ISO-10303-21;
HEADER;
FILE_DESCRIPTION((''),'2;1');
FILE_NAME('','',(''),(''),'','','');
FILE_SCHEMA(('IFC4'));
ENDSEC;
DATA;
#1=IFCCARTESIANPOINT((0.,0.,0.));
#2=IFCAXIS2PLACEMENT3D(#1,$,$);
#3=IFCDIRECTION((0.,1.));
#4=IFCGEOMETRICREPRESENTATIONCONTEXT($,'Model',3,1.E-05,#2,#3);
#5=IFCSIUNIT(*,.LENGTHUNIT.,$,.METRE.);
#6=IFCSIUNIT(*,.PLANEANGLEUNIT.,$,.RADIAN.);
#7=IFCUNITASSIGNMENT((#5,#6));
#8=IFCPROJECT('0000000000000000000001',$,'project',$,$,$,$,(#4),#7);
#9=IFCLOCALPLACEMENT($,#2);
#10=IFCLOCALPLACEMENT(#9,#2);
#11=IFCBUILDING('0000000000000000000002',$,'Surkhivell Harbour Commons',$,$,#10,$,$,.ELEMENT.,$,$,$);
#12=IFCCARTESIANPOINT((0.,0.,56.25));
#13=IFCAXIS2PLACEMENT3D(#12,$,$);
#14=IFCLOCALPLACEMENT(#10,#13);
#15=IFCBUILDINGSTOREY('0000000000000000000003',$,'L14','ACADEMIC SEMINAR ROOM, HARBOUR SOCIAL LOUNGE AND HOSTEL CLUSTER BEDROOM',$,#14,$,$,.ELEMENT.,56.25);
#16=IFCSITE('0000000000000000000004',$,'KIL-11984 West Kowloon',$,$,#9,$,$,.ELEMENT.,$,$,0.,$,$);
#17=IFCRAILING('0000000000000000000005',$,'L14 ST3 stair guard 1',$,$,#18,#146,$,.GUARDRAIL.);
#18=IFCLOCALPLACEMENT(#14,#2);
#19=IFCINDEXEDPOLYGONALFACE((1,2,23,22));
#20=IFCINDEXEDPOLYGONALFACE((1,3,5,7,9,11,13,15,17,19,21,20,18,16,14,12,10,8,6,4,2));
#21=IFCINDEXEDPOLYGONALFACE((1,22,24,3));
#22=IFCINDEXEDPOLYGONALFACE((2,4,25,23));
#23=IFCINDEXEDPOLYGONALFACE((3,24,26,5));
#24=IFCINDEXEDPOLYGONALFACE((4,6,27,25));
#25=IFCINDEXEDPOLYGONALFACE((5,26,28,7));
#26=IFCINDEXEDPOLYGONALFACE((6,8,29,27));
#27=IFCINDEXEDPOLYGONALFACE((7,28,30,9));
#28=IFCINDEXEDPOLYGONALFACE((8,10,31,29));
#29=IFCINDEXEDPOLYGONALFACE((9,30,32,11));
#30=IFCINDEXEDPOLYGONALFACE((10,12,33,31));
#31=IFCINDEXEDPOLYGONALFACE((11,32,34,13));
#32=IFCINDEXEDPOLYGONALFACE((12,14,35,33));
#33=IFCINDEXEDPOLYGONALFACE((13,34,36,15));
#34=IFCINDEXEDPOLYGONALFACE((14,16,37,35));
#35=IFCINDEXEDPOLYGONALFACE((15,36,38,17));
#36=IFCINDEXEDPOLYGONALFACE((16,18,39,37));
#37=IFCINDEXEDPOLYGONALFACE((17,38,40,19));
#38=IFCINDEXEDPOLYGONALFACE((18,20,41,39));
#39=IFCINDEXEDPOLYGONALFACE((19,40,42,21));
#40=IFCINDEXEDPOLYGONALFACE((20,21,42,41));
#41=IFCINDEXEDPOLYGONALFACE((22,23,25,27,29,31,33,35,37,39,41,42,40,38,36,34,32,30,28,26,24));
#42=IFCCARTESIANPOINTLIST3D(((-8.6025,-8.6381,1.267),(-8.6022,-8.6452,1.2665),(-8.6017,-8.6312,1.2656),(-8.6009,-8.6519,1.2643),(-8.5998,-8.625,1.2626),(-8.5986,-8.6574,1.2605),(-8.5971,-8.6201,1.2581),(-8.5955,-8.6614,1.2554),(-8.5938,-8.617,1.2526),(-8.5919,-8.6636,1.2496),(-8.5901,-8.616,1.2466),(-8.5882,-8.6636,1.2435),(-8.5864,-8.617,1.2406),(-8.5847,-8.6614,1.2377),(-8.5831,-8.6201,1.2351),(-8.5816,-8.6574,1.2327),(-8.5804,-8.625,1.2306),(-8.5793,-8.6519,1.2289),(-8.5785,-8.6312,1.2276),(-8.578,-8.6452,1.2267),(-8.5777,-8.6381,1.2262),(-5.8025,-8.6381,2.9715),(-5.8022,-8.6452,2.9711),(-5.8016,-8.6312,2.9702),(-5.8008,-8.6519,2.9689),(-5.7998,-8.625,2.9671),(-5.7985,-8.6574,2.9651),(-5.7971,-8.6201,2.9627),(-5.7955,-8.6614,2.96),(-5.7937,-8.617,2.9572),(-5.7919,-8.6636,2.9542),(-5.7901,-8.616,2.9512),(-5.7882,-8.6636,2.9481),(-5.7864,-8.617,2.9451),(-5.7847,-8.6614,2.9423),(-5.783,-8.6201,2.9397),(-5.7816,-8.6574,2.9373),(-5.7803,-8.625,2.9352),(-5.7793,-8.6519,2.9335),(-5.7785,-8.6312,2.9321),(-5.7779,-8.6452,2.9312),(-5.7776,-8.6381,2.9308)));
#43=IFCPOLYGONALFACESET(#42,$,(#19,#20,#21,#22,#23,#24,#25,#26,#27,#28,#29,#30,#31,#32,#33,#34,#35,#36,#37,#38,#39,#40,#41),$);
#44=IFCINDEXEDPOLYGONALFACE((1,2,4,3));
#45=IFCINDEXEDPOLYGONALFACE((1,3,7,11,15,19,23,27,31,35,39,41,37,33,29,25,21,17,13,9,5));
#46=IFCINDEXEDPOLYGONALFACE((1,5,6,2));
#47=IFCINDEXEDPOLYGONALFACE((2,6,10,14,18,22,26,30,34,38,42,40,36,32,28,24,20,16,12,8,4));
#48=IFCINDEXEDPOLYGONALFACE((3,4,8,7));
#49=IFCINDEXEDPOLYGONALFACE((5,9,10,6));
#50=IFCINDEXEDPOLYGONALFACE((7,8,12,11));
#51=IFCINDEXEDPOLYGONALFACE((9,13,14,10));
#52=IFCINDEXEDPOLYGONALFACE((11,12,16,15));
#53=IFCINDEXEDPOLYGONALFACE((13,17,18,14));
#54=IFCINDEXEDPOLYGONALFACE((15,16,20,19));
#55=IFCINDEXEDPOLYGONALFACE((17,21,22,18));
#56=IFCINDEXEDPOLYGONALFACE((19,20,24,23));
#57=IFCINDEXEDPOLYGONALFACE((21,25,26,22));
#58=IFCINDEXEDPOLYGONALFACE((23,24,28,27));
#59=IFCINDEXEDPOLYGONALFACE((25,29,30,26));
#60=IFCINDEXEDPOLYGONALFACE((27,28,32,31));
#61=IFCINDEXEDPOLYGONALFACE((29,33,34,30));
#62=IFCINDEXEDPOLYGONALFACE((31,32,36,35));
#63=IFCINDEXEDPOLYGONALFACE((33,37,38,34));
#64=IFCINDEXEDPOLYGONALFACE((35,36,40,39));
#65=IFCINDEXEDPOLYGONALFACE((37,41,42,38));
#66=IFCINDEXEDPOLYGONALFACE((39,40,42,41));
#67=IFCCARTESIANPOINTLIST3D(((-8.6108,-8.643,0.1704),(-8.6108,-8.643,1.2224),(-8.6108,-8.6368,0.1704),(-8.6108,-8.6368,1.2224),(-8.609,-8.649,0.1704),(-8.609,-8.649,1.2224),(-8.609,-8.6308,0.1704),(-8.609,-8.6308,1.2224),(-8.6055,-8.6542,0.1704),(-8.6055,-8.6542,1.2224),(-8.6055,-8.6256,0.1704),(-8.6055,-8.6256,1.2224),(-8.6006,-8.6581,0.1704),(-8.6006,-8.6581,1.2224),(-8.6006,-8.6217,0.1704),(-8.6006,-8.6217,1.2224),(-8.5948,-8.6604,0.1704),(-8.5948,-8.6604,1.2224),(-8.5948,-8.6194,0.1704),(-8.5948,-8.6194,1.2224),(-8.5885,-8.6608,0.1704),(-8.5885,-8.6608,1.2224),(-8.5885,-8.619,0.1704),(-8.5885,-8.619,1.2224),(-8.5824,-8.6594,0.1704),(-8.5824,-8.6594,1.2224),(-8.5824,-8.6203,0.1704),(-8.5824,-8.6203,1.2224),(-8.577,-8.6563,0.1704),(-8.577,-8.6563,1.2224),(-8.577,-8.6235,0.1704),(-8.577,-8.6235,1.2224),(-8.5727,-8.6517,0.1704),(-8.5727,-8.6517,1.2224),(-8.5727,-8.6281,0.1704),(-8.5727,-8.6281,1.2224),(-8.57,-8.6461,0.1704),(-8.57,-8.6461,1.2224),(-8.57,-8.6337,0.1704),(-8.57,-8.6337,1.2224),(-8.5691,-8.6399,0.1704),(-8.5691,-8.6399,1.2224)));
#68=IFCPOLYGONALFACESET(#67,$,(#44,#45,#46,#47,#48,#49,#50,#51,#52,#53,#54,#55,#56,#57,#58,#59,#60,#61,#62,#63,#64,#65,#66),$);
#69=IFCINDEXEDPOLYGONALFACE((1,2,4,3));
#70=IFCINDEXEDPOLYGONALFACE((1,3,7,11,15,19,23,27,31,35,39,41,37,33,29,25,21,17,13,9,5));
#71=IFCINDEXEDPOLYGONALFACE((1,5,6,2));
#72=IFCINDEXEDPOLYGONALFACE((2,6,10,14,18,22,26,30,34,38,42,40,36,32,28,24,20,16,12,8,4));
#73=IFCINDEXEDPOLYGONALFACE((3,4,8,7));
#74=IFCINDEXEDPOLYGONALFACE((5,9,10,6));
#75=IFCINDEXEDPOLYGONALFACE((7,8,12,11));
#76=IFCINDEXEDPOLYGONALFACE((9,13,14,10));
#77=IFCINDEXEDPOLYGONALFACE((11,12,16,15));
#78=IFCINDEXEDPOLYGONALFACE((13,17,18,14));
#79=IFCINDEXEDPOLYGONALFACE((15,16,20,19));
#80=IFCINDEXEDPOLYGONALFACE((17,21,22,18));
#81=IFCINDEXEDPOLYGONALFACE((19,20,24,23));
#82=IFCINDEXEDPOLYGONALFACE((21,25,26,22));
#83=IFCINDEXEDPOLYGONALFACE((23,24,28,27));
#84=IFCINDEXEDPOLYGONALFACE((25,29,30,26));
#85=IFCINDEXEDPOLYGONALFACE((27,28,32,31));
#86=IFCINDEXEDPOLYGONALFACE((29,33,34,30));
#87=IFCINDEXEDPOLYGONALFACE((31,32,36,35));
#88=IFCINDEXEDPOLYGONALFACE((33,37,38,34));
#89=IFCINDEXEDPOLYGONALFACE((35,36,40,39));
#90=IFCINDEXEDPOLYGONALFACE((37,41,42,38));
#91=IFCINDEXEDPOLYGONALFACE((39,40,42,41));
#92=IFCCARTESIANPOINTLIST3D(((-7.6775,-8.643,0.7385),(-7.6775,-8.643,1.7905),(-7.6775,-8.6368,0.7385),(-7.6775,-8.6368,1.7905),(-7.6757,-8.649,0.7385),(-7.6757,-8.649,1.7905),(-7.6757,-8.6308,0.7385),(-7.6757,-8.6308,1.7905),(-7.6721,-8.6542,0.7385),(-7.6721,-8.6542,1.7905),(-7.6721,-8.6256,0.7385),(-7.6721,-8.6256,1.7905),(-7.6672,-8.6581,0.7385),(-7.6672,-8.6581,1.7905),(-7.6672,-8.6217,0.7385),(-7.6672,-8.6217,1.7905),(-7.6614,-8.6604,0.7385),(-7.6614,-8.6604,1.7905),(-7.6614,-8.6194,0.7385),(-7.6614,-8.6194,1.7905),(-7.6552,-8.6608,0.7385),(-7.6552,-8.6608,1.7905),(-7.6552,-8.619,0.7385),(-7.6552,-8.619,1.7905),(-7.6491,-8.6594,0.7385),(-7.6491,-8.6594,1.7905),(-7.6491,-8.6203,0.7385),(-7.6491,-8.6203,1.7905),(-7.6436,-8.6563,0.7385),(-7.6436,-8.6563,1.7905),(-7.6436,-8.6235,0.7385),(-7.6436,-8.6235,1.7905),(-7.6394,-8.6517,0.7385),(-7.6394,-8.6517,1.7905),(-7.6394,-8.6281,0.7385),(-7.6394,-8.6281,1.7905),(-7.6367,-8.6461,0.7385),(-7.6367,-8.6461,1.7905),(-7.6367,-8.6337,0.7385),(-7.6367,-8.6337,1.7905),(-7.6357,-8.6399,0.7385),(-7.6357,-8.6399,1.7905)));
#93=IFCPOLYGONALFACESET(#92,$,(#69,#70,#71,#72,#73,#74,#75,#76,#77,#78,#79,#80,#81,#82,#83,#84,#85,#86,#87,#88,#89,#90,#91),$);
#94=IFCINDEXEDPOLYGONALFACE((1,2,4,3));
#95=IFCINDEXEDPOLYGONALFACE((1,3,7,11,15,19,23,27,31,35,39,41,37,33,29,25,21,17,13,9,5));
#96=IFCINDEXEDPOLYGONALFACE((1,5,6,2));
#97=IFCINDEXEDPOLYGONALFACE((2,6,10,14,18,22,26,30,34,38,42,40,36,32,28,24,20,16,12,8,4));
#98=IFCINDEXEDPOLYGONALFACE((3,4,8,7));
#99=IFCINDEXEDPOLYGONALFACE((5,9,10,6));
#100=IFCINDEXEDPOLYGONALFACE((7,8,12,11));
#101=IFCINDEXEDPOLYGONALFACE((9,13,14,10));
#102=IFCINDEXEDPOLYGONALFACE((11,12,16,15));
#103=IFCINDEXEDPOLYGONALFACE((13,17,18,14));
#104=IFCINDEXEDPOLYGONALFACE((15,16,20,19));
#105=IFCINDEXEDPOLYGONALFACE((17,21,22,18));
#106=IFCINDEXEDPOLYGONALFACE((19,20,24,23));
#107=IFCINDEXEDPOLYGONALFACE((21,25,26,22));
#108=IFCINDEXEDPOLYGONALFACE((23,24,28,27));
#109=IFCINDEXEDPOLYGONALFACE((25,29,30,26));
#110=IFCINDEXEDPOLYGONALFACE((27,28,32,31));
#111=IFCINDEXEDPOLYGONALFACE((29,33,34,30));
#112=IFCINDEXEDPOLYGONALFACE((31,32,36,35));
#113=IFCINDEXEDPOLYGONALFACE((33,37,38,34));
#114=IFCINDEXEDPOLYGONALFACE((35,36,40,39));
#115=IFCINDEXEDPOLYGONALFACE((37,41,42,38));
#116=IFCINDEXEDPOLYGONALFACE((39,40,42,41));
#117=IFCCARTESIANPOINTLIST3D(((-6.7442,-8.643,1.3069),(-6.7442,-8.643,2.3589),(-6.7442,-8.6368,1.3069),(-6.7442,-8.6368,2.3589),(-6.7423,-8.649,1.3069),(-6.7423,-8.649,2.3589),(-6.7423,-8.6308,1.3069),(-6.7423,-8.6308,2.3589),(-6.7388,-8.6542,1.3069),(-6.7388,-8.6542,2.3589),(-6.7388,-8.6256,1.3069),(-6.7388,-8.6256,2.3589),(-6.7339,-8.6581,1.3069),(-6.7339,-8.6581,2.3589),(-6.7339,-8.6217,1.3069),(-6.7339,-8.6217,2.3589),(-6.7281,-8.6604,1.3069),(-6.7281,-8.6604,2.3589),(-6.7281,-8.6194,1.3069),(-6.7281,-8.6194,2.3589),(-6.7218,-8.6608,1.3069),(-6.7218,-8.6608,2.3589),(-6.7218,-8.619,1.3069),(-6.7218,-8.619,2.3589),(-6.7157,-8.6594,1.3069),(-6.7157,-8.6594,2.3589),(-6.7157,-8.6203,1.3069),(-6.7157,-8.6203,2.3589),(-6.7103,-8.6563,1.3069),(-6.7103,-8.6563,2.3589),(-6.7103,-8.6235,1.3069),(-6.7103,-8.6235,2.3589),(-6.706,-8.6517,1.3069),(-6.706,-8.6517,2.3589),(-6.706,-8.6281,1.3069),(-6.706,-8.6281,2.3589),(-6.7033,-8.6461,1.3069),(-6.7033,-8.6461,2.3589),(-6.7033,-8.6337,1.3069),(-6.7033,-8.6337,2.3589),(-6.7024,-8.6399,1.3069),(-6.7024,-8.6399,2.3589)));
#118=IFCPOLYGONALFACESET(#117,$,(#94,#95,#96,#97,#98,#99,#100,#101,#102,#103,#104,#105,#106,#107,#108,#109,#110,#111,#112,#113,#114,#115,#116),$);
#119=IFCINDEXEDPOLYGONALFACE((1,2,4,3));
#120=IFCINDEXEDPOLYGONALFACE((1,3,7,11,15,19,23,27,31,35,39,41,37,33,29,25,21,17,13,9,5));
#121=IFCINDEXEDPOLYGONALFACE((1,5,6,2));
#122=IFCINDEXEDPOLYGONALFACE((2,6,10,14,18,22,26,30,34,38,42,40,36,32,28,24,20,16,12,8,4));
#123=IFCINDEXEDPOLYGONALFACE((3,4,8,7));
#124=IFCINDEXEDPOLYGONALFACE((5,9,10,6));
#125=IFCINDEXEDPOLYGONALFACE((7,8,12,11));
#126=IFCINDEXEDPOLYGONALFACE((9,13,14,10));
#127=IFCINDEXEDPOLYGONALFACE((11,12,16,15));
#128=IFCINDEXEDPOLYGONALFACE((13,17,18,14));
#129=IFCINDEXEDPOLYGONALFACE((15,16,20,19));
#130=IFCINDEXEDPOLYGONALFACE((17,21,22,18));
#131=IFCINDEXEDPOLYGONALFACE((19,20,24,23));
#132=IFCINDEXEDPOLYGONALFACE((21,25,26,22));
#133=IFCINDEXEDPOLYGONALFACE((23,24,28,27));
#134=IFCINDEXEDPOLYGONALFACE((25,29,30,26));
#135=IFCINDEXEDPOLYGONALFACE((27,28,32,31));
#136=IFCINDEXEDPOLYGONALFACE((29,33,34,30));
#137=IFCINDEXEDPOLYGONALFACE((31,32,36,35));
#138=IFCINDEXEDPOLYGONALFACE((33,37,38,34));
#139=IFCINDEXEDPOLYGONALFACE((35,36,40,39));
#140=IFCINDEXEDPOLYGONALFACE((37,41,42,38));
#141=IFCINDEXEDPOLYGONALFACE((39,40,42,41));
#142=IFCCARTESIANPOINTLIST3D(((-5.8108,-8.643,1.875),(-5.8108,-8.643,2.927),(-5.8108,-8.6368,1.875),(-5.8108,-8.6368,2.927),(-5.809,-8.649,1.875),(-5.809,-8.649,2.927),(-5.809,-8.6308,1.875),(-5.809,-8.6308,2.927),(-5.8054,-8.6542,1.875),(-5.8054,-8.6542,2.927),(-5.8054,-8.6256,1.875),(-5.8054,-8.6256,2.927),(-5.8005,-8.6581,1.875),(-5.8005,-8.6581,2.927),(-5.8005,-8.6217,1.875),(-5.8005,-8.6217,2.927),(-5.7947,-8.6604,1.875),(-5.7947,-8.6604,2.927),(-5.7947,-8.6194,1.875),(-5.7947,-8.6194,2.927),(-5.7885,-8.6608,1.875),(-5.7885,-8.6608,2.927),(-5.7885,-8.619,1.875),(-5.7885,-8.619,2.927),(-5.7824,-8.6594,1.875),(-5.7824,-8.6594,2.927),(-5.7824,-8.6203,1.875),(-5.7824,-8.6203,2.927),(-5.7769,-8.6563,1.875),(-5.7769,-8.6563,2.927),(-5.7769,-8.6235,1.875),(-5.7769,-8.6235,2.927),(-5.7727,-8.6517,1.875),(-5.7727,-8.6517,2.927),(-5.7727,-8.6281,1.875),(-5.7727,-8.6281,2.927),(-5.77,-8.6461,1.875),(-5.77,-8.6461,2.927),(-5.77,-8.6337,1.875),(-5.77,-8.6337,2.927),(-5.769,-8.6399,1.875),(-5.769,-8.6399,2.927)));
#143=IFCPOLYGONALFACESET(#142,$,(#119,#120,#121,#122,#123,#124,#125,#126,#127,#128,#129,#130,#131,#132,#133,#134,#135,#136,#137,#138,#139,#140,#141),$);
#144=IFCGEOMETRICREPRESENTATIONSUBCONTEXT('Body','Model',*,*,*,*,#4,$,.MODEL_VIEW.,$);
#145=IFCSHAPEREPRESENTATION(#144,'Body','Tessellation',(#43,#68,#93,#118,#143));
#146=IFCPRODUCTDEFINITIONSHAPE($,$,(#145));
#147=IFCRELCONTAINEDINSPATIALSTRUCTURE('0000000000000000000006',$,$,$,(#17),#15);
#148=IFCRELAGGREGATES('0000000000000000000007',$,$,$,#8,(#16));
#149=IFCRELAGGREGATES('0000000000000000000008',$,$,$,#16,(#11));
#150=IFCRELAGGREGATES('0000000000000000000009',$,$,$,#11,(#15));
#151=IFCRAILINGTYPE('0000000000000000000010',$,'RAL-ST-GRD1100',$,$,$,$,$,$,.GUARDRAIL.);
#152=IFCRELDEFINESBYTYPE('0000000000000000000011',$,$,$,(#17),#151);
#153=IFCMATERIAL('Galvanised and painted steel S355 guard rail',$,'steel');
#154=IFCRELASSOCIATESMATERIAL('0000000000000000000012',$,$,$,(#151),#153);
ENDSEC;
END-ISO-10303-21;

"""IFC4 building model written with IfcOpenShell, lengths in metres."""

from ifc_helpers import new_model, si_unit, direction, frame, origin, origin_2d, place, context, subcontext, project, spatial, circle, extrude, material, type_object, element, save


model = new_model("IFC4")

# Units and contexts
model_context = context("Model", 3, precision=1e-05, world=origin(), true_north=direction((0.0, 1.0)))
body_context = subcontext(model_context, "Body", "Model", "MODEL_VIEW")
ifc_project = project(units=[si_unit("LENGTHUNIT", "METRE"), si_unit("PLANEANGLEUNIT", "RADIAN")], contexts=[model_context])

# Site, building, storey
site_placement = place(None, origin())
site = spatial("IfcSite", under=ifc_project, at=site_placement, Name="KIL-11984 West Kowloon", CompositionType="ELEMENT", RefElevation=0.0)
building_placement = place(site_placement, origin())
building = spatial("IfcBuilding", under=site, at=building_placement, Name="Surkhivell Harbour Commons", CompositionType="ELEMENT")
storey_placement = place(building_placement, frame((0.0, 0.0, 56.25)))
storey = spatial("IfcBuildingStorey", under=building, at=storey_placement, Name="L14", Description="ACADEMIC SEMINAR ROOM, HARBOUR SOCIAL LOUNGE AND HOSTEL CLUSTER BEDROOM", CompositionType="ELEMENT", Elevation=56.25)

# Railing
ifc_material_1 = material(Name="Galvanised and painted steel S355 guard rail", Category="steel")
railing_type_1 = type_object("IfcRailingType", Name="RAL-ST-GRD1100", PredefinedType="GUARDRAIL", material=ifc_material_1)
railing_1_placement = place(storey_placement, frame((-8.5901, -8.6399, 0.1704)))
element("IfcRailing", 1, at=railing_1_placement, inside=storey, type_object=railing_type_1, Name="L14 ST3 stair guard 1", PredefinedType="GUARDRAIL", context=body_context, shape_type="SweptSolid", body=[
    extrude(circle(Radius=0.0239, at=origin_2d()), frame((0.0, 0.0, 1.0762), z_axis=(0.85417, 0.0, 0.519994), x_axis=(0.0, 1.0, 0.0)), (0.0, 0.0, 1.0), 3.2781),
    extrude(circle(Radius=0.021, at=origin_2d()), origin(), (0.0, 0.0, 1.0), 1.052),
    extrude(circle(Radius=0.021, at=origin_2d()), frame((0.9333, 0.0, 0.5681)), (0.0, 0.0, 1.0), 1.052),
    extrude(circle(Radius=0.021, at=origin_2d()), frame((1.8667, 0.0, 1.1365)), (0.0, 0.0, 1.0), 1.052),
    extrude(circle(Radius=0.021, at=origin_2d()), frame((2.8, 0.0, 1.7046)), (0.0, 0.0, 1.0), 1.052),
])

save(model, "model.ifc")
